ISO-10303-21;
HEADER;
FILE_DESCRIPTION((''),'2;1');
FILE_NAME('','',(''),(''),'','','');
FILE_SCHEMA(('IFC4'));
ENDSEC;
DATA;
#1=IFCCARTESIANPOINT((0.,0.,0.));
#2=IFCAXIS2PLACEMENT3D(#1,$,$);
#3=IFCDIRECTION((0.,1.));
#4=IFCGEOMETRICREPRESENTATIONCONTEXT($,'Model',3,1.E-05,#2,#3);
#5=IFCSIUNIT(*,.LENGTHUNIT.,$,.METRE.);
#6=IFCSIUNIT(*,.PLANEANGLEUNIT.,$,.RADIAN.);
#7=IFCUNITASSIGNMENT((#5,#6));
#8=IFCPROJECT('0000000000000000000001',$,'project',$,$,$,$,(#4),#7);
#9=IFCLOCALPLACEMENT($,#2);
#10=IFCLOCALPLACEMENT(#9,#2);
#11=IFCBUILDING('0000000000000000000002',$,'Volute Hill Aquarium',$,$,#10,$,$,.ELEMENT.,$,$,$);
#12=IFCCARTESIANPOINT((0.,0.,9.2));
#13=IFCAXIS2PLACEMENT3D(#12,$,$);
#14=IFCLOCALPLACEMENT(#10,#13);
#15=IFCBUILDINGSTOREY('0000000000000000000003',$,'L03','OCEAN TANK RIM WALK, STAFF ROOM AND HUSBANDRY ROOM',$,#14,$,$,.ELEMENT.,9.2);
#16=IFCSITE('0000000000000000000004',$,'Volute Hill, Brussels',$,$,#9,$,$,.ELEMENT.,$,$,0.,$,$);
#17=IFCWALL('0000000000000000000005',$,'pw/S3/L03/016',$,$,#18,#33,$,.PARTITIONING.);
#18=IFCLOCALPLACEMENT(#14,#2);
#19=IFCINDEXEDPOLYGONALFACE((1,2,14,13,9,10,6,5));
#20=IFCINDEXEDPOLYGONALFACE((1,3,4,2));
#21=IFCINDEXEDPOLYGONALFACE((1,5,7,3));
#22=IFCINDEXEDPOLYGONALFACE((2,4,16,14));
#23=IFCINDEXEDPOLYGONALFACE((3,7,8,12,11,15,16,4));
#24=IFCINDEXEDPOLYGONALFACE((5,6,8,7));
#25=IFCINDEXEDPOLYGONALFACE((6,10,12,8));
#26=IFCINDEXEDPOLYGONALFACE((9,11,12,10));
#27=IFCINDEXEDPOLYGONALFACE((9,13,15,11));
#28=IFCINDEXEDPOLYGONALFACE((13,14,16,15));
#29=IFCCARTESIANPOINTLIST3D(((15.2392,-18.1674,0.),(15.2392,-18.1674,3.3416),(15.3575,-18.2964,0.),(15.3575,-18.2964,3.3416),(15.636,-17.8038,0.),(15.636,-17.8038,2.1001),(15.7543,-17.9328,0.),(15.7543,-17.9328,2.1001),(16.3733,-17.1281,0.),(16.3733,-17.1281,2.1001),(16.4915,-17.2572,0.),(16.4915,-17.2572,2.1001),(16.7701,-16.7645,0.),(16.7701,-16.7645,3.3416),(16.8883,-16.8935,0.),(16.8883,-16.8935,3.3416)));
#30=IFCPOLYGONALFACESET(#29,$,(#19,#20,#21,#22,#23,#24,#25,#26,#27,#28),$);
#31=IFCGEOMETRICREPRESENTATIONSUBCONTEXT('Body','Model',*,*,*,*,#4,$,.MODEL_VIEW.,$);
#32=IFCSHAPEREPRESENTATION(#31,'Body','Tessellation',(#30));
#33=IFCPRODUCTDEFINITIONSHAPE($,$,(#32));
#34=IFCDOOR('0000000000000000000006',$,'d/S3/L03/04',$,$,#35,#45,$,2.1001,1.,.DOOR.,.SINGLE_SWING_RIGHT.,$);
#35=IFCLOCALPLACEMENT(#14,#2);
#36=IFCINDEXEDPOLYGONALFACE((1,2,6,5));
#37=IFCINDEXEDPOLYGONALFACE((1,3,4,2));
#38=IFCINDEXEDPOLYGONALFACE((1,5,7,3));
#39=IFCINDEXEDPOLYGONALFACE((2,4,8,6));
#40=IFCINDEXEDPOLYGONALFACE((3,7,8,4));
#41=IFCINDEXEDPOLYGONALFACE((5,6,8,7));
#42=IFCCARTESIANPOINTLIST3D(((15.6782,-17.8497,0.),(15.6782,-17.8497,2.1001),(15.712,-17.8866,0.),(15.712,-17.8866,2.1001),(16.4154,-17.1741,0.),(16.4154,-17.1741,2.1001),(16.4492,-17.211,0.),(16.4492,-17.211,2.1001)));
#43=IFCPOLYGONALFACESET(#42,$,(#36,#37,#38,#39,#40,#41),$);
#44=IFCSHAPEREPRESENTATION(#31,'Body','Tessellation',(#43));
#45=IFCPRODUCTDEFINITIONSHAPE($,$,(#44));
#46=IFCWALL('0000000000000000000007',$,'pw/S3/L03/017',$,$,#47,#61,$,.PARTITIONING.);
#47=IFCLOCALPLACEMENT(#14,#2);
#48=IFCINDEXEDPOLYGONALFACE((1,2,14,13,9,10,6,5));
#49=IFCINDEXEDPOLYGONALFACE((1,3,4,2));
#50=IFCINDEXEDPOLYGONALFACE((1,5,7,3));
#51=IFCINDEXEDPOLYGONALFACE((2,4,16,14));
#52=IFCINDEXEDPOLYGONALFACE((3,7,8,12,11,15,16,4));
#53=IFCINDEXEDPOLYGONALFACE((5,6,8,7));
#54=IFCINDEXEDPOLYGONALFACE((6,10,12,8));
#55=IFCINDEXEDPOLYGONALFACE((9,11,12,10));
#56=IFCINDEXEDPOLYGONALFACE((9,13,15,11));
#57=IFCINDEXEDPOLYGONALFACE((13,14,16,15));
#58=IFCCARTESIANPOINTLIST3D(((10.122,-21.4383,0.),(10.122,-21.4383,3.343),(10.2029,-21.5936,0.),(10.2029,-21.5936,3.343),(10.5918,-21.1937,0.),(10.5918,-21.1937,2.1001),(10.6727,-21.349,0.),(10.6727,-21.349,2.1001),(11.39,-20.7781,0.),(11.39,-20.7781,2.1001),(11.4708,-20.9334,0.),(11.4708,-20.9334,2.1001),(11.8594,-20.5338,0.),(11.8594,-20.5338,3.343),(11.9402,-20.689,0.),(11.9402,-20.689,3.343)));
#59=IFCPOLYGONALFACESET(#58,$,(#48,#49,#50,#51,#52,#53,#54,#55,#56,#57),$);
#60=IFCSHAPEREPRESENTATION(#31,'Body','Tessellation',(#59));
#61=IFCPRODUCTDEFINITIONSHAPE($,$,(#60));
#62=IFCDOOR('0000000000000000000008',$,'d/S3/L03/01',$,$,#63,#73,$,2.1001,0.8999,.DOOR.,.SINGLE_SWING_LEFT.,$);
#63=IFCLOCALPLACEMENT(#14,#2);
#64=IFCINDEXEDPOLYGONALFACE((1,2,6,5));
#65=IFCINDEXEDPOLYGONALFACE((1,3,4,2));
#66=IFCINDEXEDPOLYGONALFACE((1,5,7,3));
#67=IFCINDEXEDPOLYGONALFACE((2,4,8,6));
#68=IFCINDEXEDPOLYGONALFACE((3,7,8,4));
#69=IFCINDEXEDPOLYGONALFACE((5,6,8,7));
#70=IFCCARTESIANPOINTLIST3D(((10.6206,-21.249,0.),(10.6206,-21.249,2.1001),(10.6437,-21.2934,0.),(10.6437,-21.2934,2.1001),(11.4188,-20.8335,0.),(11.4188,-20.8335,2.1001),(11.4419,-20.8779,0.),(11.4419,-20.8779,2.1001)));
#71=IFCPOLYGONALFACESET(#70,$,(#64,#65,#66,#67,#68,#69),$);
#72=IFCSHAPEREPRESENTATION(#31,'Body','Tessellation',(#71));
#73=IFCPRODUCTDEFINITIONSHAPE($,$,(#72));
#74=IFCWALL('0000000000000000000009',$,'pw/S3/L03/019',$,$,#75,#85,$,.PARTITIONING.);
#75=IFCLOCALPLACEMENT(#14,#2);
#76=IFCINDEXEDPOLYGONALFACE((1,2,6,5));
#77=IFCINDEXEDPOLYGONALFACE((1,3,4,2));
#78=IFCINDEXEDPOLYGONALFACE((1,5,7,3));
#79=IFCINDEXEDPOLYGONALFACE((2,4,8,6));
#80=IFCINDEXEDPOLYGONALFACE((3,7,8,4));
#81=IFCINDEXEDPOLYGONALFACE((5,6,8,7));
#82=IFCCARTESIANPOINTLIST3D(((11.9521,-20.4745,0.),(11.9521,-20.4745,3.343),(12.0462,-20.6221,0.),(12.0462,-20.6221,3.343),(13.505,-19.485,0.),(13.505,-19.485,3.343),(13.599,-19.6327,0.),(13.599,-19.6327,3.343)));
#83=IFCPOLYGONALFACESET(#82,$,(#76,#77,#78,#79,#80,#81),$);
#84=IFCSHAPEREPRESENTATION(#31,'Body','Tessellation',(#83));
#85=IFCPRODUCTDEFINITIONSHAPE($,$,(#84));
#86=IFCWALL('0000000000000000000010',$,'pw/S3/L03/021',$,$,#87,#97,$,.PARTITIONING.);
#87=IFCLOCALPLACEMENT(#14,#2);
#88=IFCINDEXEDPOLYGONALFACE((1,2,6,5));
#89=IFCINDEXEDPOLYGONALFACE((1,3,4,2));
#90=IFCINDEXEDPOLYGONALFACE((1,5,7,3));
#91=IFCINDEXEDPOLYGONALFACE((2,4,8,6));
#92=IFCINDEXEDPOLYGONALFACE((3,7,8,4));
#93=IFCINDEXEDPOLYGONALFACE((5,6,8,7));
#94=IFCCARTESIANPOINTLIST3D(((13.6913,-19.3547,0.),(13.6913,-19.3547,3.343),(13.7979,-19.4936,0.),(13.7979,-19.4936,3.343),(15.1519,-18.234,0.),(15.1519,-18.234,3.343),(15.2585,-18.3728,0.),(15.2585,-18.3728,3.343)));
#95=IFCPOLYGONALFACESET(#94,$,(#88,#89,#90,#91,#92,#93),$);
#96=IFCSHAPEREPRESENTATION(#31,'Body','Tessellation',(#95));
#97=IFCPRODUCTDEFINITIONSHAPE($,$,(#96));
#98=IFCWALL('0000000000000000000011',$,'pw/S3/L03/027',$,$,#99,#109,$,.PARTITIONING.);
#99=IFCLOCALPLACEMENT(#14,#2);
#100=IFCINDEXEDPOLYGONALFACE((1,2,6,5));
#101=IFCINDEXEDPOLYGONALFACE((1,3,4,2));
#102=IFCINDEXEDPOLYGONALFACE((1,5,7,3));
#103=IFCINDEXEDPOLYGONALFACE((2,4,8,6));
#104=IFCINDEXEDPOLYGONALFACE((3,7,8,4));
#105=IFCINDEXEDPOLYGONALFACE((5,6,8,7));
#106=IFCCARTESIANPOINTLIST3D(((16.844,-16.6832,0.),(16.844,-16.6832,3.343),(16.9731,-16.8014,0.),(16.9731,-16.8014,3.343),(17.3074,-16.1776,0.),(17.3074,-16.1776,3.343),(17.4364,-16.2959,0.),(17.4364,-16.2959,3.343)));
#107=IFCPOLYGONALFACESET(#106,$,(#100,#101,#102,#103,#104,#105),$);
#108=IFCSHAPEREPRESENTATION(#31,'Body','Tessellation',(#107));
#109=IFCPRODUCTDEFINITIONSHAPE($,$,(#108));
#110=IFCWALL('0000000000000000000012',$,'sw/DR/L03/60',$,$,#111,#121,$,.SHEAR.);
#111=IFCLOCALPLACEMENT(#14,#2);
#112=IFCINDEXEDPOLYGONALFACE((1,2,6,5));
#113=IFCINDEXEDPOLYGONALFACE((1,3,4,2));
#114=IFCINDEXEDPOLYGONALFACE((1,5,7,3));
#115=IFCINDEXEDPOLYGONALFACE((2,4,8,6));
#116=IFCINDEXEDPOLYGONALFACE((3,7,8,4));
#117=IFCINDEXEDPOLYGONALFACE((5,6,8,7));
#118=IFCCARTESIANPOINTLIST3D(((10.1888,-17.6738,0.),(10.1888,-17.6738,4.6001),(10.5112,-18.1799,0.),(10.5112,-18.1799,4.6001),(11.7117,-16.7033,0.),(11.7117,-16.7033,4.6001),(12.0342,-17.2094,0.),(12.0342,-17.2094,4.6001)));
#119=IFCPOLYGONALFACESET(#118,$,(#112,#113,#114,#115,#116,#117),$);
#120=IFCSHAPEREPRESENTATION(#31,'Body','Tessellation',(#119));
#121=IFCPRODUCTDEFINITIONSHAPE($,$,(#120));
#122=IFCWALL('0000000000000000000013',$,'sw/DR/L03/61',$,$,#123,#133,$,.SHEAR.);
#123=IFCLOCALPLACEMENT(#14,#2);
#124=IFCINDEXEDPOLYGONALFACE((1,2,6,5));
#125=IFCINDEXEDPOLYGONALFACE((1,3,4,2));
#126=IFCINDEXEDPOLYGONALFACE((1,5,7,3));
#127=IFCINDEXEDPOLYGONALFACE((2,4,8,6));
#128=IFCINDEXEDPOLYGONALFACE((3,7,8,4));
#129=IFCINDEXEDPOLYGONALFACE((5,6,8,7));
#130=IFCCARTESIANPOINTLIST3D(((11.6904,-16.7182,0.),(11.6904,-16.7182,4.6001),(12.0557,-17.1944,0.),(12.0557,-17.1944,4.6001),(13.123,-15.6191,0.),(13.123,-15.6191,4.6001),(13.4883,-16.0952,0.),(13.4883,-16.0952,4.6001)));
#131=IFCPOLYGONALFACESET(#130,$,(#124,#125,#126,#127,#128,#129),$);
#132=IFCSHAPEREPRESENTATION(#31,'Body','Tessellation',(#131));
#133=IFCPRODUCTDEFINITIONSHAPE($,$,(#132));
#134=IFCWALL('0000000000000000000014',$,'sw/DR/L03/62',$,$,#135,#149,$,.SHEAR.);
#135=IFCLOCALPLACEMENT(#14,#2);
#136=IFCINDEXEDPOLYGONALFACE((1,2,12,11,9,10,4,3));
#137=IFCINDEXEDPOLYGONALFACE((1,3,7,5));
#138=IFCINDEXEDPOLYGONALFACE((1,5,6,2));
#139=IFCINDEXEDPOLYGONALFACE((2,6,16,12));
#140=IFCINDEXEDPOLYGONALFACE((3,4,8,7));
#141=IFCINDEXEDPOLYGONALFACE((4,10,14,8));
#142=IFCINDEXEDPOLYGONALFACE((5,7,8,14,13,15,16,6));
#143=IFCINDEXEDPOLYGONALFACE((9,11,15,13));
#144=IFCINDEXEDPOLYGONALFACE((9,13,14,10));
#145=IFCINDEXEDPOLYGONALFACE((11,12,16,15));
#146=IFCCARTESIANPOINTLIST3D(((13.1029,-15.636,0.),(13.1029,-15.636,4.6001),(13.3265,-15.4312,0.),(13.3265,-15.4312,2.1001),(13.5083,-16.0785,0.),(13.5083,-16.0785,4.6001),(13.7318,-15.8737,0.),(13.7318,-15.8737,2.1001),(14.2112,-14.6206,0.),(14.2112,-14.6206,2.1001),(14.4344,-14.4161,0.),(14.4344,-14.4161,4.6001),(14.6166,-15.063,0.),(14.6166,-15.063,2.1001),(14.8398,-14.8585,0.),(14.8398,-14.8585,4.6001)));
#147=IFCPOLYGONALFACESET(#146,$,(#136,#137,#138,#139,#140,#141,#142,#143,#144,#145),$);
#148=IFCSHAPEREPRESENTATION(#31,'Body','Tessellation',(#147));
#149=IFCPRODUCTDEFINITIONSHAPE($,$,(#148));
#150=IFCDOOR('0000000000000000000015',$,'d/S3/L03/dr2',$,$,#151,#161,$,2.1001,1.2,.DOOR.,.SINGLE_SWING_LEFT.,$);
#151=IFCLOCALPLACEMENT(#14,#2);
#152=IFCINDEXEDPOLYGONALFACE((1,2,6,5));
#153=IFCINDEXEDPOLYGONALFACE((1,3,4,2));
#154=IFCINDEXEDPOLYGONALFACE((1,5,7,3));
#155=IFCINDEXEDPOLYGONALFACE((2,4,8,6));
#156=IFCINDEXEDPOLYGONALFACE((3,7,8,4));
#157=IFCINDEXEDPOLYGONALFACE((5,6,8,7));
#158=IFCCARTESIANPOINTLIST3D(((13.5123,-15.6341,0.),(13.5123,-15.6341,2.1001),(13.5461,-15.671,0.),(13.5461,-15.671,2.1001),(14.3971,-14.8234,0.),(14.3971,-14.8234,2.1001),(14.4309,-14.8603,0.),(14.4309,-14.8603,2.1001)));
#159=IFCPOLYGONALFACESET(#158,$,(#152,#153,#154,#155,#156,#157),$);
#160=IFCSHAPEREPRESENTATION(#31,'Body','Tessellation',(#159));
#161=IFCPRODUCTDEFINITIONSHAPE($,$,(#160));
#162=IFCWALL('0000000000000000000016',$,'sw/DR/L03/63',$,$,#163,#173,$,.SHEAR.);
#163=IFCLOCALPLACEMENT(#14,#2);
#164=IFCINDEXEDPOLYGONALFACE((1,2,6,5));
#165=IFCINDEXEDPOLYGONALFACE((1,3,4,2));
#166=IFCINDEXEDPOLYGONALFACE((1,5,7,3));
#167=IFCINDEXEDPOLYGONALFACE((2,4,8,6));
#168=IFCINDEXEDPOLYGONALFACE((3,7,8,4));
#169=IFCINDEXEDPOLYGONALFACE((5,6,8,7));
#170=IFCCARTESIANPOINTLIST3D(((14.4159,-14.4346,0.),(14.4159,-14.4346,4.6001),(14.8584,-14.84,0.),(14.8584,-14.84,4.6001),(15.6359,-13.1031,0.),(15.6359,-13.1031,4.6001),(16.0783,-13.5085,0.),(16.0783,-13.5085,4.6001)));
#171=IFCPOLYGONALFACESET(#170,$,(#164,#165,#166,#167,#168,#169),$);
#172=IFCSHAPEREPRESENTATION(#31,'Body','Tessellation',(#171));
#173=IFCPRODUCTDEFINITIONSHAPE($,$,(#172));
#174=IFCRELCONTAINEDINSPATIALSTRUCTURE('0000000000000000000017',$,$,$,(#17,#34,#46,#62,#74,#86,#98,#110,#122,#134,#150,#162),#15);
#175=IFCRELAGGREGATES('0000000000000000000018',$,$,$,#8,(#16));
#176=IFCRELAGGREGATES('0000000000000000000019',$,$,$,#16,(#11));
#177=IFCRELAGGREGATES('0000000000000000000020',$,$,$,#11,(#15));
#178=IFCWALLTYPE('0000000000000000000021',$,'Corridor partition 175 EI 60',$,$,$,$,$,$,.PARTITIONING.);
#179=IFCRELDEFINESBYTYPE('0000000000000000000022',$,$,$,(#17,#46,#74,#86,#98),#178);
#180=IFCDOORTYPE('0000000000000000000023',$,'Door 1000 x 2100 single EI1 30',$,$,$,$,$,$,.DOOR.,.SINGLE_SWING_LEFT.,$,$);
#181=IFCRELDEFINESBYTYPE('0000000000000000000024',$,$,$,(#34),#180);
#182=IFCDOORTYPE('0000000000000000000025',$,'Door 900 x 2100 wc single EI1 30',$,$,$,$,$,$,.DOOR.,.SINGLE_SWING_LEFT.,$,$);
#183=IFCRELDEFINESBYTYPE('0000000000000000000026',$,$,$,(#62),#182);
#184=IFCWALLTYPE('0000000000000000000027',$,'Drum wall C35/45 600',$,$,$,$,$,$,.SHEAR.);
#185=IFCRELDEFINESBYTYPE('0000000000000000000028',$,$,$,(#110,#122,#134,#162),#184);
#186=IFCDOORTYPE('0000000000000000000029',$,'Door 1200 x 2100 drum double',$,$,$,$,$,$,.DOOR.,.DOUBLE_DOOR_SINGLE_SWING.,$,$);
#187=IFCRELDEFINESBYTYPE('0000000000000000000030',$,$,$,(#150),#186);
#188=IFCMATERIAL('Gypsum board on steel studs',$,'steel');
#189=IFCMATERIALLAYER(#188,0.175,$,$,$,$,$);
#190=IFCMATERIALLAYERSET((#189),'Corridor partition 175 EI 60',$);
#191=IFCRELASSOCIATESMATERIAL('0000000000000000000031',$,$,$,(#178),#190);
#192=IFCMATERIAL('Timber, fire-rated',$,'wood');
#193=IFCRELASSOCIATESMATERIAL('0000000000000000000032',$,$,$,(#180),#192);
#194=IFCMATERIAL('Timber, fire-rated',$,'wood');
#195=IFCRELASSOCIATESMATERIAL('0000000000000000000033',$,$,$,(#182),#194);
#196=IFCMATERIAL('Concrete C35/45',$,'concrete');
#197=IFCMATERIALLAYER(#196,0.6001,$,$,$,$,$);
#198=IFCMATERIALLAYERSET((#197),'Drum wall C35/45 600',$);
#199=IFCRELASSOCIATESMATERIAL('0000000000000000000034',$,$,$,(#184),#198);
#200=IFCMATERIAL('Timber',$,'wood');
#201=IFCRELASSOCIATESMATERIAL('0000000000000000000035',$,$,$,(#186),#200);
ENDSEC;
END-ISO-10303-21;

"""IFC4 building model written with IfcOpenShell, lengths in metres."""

from ifc_helpers import new_model, si_unit, direction, frame, frame_2d, origin, place, context, subcontext, project, spatial, rectangle, extrude, material, layer, layer_set, type_object, element, fill, save


model = new_model("IFC4")

# Units and contexts
model_context = context("Model", 3, precision=1e-05, world=origin(), true_north=direction((0.0, 1.0)))
body_context = subcontext(model_context, "Body", "Model", "MODEL_VIEW")
ifc_project = project(units=[si_unit("LENGTHUNIT", "METRE"), si_unit("PLANEANGLEUNIT", "RADIAN")], contexts=[model_context])

# Site, building, storey
site_placement = place(None, origin())
site = spatial("IfcSite", under=ifc_project, at=site_placement, Name="Volute Hill, Brussels", CompositionType="ELEMENT", RefElevation=0.0)
building_placement = place(site_placement, origin())
building = spatial("IfcBuilding", under=site, at=building_placement, Name="Volute Hill Aquarium", CompositionType="ELEMENT")
storey_placement = place(building_placement, frame((0.0, 0.0, 9.2)))
storey = spatial("IfcBuildingStorey", under=building, at=storey_placement, Name="L03", Description="OCEAN TANK RIM WALK, STAFF ROOM AND HUSBANDRY ROOM", CompositionType="ELEMENT", Elevation=9.2)

# Walls, openings, doors
ifc_material_1 = material(Name="Gypsum board on steel studs", Category="steel")
ifc_layer_1 = layer(ifc_material_1, 0.175)
ifc_layer_set_1 = layer_set([ifc_layer_1], Name="Corridor partition 175 EI 60")
wall_type_1 = type_object("IfcWallType", Name="Corridor partition 175 EI 60", PredefinedType="PARTITIONING", material=ifc_layer_set_1)
wall_1_placement = place(storey_placement, frame((16.8291, -16.8291, 0.0), z_axis=(0.0, 0.0, 1.0), x_axis=(-0.737242, -0.675629, 0.0)))
wall_1 = element("IfcWall", 1, at=wall_1_placement, inside=storey, type_object=wall_type_1, Name="pw/S3/L03/016", PredefinedType="PARTITIONING", context=body_context, shape_type="SweptSolid", body=[
    extrude(rectangle(XDim=2.0764, YDim=0.175, at=frame_2d((1.0381, 0.0))), origin(), (0.0, 0.0, 1.0), 3.3416),
])
opening_1_placement = place(wall_1_placement, frame((0.5381, 0.0, 0.0)))
opening_1 = element("IfcOpeningElement", 2, at=opening_1_placement, cuts=wall_1, PredefinedType="OPENING", context=body_context, shape_type="SweptSolid", body=[
    extrude(rectangle(XDim=1.0, YDim=2.1001, at=frame_2d((0.5, 1.05))), frame((0.0, 0.0974, 0.0), z_axis=(0.0, -1.0, 0.0), x_axis=(1.0, 0.0, 0.0)), (0.0, 0.0, 1.0), 0.1951),
])
ifc_material_2 = material(Name="Timber, fire-rated", Category="wood")
door_type_1 = type_object("IfcDoorType", Name="Door 1000 x 2100 single EI1 30", OperationType="SINGLE_SWING_LEFT", PredefinedType="DOOR", material=ifc_material_2)
door_1_placement = place(opening_1_placement, origin())
door_1 = element("IfcDoor", 3, at=door_1_placement, inside=storey, type_object=door_type_1, Name="d/S3/L03/04", OperationType="SINGLE_SWING_RIGHT", OverallHeight=2.1001, OverallWidth=1.0, PredefinedType="DOOR", context=body_context, shape_type="SweptSolid", body=[
    extrude(rectangle(XDim=1.0, YDim=2.1001, at=frame_2d((0.5, 1.05))), frame((0.0, 0.0249, 0.0), z_axis=(0.0, -1.0, 0.0), x_axis=(1.0, 0.0, 0.0)), (0.0, 0.0, 1.0), 0.05),
])
fill(opening_1, door_1)
wall_2_placement = place(storey_placement, frame((11.8999, -20.6113, 0.0), z_axis=(0.0, 0.0, 1.0), x_axis=(-0.886978, -0.461812, 0.0)))
wall_2 = element("IfcWall", 4, at=wall_2_placement, inside=storey, type_object=wall_type_1, Name="pw/S3/L03/017", PredefinedType="PARTITIONING", context=body_context, shape_type="SweptSolid", body=[
    extrude(rectangle(XDim=1.9587, YDim=0.175, at=frame_2d((0.9795, 0.0))), origin(), (0.0, 0.0, 1.0), 3.343),
])
opening_2_placement = place(wall_2_placement, frame((0.5293, 0.0, 0.0)))
opening_2 = element("IfcOpeningElement", 5, at=opening_2_placement, cuts=wall_2, PredefinedType="OPENING", context=body_context, shape_type="SweptSolid", body=[
    extrude(rectangle(XDim=0.8999, YDim=2.1001, at=frame_2d((0.45, 1.05))), frame((0.0, 0.0974, 0.0), z_axis=(0.0, -1.0, 0.0), x_axis=(1.0, 0.0, 0.0)), (0.0, 0.0, 1.0), 0.1951),
])
ifc_material_3 = material(Name="Timber, fire-rated", Category="wood")
door_type_2 = type_object("IfcDoorType", Name="Door 900 x 2100 wc single EI1 30", OperationType="SINGLE_SWING_LEFT", PredefinedType="DOOR", material=ifc_material_3)
door_2_placement = place(opening_2_placement, origin())
door_2 = element("IfcDoor", 6, at=door_2_placement, inside=storey, type_object=door_type_2, Name="d/S3/L03/01", OperationType="SINGLE_SWING_LEFT", OverallHeight=2.1001, OverallWidth=0.8999, PredefinedType="DOOR", context=body_context, shape_type="SweptSolid", body=[
    extrude(rectangle(XDim=0.8999, YDim=2.1001, at=frame_2d((0.45, 1.05))), frame((0.0, 0.0249, 0.0), z_axis=(0.0, -1.0, 0.0), x_axis=(1.0, 0.0, 0.0)), (0.0, 0.0, 1.0), 0.05),
])
fill(opening_2, door_2)

# Walls
wall_3_placement = place(storey_placement, frame((13.552, -19.5588, 0.0), z_axis=(0.0, 0.0, 1.0), x_axis=(-0.843356, -0.537356, 0.0)))
element("IfcWall", 7, at=wall_3_placement, inside=storey, type_object=wall_type_1, Name="pw/S3/L03/019", PredefinedType="PARTITIONING", context=body_context, shape_type="SweptSolid", body=[
    extrude(rectangle(XDim=1.8413, YDim=0.175, at=frame_2d((0.9207, 0.0))), origin(), (0.0, 0.0, 1.0), 3.343),
])
wall_4_placement = place(storey_placement, frame((15.2051, -18.3035, 0.0), z_axis=(0.0, 0.0, 1.0), x_axis=(-0.793348, -0.608768, 0.0)))
element("IfcWall", 8, at=wall_4_placement, inside=storey, type_object=wall_type_1, Name="pw/S3/L03/021", PredefinedType="PARTITIONING", context=body_context, shape_type="SweptSolid", body=[
    extrude(rectangle(XDim=1.8411, YDim=0.175, at=frame_2d((0.9204, 0.0))), origin(), (0.0, 0.0, 1.0), 3.343),
])
wall_5_placement = place(storey_placement, frame((17.3718, -16.2368, 0.0), z_axis=(0.0, 0.0, 1.0), x_axis=(-0.675644, -0.737228, 0.0)))
element("IfcWall", 9, at=wall_5_placement, inside=storey, type_object=wall_type_1, Name="pw/S3/L03/027", PredefinedType="PARTITIONING", context=body_context, shape_type="SweptSolid", body=[
    extrude(rectangle(XDim=0.6858, YDim=0.175, at=frame_2d((0.3428, 0.0))), origin(), (0.0, 0.0, 1.0), 3.343),
])
ifc_material_4 = material(Name="Concrete C35/45", Category="concrete")
ifc_layer_2 = layer(ifc_material_4, 0.6001)
ifc_layer_set_2 = layer_set([ifc_layer_2], Name="Drum wall C35/45 600")
wall_type_2 = type_object("IfcWallType", Name="Drum wall C35/45 600", PredefinedType="SHEAR", material=ifc_layer_set_2)
wall_6_placement = place(storey_placement, frame((10.3501, -17.9268, 0.0), z_axis=(0.0, 0.0, 1.0), x_axis=(0.843333, 0.537392, 0.0)))
element("IfcWall", 10, at=wall_6_placement, inside=storey, type_object=wall_type_2, Name="sw/DR/L03/60", PredefinedType="SHEAR", context=body_context, shape_type="SweptSolid", body=[
    extrude(rectangle(XDim=1.8059, YDim=0.6001, at=frame_2d((0.9028, 0.0))), origin(), (0.0, 0.0, 1.0), 4.6001),
])
wall_7_placement = place(storey_placement, frame((11.873, -16.9563, 0.0), z_axis=(0.0, 0.0, 1.0), x_axis=(0.793397, 0.608704, 0.0)))
element("IfcWall", 11, at=wall_7_placement, inside=storey, type_object=wall_type_2, Name="sw/DR/L03/61", PredefinedType="SHEAR", context=body_context, shape_type="SweptSolid", body=[
    extrude(rectangle(XDim=1.8057, YDim=0.6001, at=frame_2d((0.9028, 0.0))), origin(), (0.0, 0.0, 1.0), 4.6001),
])

# Wall, opening, door
wall_8_placement = place(storey_placement, frame((13.3057, -15.8572, 0.0), z_axis=(0.0, 0.0, 1.0), x_axis=(0.737322, 0.675541, 0.0)))
wall_8 = element("IfcWall", 12, at=wall_8_placement, inside=storey, type_object=wall_type_2, Name="sw/DR/L03/62", PredefinedType="SHEAR", context=body_context, shape_type="SweptSolid", body=[
    extrude(rectangle(XDim=1.8059, YDim=0.6001, at=frame_2d((0.9028, 0.0))), origin(), (0.0, 0.0, 1.0), 4.6001),
])
opening_3_placement = place(wall_8_placement, frame((0.303, 0.0, 0.0)))
opening_3 = element("IfcOpeningElement", 13, at=opening_3_placement, cuts=wall_8, PredefinedType="OPENING", context=body_context, shape_type="SweptSolid", body=[
    extrude(rectangle(XDim=1.2, YDim=2.1001, at=frame_2d((0.6001, 1.05))), frame((0.0, 0.3101, 0.0), z_axis=(0.0, -1.0, 0.0), x_axis=(1.0, 0.0, 0.0)), (0.0, 0.0, 1.0), 0.6201),
])
ifc_material_5 = material(Name="Timber", Category="wood")
door_type_3 = type_object("IfcDoorType", Name="Door 1200 x 2100 drum double", OperationType="DOUBLE_DOOR_SINGLE_SWING", PredefinedType="DOOR", material=ifc_material_5)
door_3_placement = place(opening_3_placement, origin())
door_3 = element("IfcDoor", 14, at=door_3_placement, inside=storey, type_object=door_type_3, Name="d/S3/L03/dr2", OperationType="SINGLE_SWING_LEFT", OverallHeight=2.1001, OverallWidth=1.2, PredefinedType="DOOR", context=body_context, shape_type="SweptSolid", body=[
    extrude(rectangle(XDim=1.2, YDim=2.1001, at=frame_2d((0.6001, 1.05))), frame((0.0, 0.0249, 0.0), z_axis=(0.0, -1.0, 0.0), x_axis=(1.0, 0.0, 0.0)), (0.0, 0.0, 1.0), 0.05),
])
fill(opening_3, door_3)

# Wall
wall_9_placement = place(storey_placement, frame((14.6372, -14.6372, 0.0), z_axis=(0.0, 0.0, 1.0), x_axis=(0.675541, 0.737322, 0.0)))
element("IfcWall", 15, at=wall_9_placement, inside=storey, type_object=wall_type_2, Name="sw/DR/L03/63", PredefinedType="SHEAR", context=body_context, shape_type="SweptSolid", body=[
    extrude(rectangle(XDim=1.8059, YDim=0.6001, at=frame_2d((0.9028, 0.0))), origin(), (0.0, 0.0, 1.0), 4.6001),
])

save(model, "model.ifc")
